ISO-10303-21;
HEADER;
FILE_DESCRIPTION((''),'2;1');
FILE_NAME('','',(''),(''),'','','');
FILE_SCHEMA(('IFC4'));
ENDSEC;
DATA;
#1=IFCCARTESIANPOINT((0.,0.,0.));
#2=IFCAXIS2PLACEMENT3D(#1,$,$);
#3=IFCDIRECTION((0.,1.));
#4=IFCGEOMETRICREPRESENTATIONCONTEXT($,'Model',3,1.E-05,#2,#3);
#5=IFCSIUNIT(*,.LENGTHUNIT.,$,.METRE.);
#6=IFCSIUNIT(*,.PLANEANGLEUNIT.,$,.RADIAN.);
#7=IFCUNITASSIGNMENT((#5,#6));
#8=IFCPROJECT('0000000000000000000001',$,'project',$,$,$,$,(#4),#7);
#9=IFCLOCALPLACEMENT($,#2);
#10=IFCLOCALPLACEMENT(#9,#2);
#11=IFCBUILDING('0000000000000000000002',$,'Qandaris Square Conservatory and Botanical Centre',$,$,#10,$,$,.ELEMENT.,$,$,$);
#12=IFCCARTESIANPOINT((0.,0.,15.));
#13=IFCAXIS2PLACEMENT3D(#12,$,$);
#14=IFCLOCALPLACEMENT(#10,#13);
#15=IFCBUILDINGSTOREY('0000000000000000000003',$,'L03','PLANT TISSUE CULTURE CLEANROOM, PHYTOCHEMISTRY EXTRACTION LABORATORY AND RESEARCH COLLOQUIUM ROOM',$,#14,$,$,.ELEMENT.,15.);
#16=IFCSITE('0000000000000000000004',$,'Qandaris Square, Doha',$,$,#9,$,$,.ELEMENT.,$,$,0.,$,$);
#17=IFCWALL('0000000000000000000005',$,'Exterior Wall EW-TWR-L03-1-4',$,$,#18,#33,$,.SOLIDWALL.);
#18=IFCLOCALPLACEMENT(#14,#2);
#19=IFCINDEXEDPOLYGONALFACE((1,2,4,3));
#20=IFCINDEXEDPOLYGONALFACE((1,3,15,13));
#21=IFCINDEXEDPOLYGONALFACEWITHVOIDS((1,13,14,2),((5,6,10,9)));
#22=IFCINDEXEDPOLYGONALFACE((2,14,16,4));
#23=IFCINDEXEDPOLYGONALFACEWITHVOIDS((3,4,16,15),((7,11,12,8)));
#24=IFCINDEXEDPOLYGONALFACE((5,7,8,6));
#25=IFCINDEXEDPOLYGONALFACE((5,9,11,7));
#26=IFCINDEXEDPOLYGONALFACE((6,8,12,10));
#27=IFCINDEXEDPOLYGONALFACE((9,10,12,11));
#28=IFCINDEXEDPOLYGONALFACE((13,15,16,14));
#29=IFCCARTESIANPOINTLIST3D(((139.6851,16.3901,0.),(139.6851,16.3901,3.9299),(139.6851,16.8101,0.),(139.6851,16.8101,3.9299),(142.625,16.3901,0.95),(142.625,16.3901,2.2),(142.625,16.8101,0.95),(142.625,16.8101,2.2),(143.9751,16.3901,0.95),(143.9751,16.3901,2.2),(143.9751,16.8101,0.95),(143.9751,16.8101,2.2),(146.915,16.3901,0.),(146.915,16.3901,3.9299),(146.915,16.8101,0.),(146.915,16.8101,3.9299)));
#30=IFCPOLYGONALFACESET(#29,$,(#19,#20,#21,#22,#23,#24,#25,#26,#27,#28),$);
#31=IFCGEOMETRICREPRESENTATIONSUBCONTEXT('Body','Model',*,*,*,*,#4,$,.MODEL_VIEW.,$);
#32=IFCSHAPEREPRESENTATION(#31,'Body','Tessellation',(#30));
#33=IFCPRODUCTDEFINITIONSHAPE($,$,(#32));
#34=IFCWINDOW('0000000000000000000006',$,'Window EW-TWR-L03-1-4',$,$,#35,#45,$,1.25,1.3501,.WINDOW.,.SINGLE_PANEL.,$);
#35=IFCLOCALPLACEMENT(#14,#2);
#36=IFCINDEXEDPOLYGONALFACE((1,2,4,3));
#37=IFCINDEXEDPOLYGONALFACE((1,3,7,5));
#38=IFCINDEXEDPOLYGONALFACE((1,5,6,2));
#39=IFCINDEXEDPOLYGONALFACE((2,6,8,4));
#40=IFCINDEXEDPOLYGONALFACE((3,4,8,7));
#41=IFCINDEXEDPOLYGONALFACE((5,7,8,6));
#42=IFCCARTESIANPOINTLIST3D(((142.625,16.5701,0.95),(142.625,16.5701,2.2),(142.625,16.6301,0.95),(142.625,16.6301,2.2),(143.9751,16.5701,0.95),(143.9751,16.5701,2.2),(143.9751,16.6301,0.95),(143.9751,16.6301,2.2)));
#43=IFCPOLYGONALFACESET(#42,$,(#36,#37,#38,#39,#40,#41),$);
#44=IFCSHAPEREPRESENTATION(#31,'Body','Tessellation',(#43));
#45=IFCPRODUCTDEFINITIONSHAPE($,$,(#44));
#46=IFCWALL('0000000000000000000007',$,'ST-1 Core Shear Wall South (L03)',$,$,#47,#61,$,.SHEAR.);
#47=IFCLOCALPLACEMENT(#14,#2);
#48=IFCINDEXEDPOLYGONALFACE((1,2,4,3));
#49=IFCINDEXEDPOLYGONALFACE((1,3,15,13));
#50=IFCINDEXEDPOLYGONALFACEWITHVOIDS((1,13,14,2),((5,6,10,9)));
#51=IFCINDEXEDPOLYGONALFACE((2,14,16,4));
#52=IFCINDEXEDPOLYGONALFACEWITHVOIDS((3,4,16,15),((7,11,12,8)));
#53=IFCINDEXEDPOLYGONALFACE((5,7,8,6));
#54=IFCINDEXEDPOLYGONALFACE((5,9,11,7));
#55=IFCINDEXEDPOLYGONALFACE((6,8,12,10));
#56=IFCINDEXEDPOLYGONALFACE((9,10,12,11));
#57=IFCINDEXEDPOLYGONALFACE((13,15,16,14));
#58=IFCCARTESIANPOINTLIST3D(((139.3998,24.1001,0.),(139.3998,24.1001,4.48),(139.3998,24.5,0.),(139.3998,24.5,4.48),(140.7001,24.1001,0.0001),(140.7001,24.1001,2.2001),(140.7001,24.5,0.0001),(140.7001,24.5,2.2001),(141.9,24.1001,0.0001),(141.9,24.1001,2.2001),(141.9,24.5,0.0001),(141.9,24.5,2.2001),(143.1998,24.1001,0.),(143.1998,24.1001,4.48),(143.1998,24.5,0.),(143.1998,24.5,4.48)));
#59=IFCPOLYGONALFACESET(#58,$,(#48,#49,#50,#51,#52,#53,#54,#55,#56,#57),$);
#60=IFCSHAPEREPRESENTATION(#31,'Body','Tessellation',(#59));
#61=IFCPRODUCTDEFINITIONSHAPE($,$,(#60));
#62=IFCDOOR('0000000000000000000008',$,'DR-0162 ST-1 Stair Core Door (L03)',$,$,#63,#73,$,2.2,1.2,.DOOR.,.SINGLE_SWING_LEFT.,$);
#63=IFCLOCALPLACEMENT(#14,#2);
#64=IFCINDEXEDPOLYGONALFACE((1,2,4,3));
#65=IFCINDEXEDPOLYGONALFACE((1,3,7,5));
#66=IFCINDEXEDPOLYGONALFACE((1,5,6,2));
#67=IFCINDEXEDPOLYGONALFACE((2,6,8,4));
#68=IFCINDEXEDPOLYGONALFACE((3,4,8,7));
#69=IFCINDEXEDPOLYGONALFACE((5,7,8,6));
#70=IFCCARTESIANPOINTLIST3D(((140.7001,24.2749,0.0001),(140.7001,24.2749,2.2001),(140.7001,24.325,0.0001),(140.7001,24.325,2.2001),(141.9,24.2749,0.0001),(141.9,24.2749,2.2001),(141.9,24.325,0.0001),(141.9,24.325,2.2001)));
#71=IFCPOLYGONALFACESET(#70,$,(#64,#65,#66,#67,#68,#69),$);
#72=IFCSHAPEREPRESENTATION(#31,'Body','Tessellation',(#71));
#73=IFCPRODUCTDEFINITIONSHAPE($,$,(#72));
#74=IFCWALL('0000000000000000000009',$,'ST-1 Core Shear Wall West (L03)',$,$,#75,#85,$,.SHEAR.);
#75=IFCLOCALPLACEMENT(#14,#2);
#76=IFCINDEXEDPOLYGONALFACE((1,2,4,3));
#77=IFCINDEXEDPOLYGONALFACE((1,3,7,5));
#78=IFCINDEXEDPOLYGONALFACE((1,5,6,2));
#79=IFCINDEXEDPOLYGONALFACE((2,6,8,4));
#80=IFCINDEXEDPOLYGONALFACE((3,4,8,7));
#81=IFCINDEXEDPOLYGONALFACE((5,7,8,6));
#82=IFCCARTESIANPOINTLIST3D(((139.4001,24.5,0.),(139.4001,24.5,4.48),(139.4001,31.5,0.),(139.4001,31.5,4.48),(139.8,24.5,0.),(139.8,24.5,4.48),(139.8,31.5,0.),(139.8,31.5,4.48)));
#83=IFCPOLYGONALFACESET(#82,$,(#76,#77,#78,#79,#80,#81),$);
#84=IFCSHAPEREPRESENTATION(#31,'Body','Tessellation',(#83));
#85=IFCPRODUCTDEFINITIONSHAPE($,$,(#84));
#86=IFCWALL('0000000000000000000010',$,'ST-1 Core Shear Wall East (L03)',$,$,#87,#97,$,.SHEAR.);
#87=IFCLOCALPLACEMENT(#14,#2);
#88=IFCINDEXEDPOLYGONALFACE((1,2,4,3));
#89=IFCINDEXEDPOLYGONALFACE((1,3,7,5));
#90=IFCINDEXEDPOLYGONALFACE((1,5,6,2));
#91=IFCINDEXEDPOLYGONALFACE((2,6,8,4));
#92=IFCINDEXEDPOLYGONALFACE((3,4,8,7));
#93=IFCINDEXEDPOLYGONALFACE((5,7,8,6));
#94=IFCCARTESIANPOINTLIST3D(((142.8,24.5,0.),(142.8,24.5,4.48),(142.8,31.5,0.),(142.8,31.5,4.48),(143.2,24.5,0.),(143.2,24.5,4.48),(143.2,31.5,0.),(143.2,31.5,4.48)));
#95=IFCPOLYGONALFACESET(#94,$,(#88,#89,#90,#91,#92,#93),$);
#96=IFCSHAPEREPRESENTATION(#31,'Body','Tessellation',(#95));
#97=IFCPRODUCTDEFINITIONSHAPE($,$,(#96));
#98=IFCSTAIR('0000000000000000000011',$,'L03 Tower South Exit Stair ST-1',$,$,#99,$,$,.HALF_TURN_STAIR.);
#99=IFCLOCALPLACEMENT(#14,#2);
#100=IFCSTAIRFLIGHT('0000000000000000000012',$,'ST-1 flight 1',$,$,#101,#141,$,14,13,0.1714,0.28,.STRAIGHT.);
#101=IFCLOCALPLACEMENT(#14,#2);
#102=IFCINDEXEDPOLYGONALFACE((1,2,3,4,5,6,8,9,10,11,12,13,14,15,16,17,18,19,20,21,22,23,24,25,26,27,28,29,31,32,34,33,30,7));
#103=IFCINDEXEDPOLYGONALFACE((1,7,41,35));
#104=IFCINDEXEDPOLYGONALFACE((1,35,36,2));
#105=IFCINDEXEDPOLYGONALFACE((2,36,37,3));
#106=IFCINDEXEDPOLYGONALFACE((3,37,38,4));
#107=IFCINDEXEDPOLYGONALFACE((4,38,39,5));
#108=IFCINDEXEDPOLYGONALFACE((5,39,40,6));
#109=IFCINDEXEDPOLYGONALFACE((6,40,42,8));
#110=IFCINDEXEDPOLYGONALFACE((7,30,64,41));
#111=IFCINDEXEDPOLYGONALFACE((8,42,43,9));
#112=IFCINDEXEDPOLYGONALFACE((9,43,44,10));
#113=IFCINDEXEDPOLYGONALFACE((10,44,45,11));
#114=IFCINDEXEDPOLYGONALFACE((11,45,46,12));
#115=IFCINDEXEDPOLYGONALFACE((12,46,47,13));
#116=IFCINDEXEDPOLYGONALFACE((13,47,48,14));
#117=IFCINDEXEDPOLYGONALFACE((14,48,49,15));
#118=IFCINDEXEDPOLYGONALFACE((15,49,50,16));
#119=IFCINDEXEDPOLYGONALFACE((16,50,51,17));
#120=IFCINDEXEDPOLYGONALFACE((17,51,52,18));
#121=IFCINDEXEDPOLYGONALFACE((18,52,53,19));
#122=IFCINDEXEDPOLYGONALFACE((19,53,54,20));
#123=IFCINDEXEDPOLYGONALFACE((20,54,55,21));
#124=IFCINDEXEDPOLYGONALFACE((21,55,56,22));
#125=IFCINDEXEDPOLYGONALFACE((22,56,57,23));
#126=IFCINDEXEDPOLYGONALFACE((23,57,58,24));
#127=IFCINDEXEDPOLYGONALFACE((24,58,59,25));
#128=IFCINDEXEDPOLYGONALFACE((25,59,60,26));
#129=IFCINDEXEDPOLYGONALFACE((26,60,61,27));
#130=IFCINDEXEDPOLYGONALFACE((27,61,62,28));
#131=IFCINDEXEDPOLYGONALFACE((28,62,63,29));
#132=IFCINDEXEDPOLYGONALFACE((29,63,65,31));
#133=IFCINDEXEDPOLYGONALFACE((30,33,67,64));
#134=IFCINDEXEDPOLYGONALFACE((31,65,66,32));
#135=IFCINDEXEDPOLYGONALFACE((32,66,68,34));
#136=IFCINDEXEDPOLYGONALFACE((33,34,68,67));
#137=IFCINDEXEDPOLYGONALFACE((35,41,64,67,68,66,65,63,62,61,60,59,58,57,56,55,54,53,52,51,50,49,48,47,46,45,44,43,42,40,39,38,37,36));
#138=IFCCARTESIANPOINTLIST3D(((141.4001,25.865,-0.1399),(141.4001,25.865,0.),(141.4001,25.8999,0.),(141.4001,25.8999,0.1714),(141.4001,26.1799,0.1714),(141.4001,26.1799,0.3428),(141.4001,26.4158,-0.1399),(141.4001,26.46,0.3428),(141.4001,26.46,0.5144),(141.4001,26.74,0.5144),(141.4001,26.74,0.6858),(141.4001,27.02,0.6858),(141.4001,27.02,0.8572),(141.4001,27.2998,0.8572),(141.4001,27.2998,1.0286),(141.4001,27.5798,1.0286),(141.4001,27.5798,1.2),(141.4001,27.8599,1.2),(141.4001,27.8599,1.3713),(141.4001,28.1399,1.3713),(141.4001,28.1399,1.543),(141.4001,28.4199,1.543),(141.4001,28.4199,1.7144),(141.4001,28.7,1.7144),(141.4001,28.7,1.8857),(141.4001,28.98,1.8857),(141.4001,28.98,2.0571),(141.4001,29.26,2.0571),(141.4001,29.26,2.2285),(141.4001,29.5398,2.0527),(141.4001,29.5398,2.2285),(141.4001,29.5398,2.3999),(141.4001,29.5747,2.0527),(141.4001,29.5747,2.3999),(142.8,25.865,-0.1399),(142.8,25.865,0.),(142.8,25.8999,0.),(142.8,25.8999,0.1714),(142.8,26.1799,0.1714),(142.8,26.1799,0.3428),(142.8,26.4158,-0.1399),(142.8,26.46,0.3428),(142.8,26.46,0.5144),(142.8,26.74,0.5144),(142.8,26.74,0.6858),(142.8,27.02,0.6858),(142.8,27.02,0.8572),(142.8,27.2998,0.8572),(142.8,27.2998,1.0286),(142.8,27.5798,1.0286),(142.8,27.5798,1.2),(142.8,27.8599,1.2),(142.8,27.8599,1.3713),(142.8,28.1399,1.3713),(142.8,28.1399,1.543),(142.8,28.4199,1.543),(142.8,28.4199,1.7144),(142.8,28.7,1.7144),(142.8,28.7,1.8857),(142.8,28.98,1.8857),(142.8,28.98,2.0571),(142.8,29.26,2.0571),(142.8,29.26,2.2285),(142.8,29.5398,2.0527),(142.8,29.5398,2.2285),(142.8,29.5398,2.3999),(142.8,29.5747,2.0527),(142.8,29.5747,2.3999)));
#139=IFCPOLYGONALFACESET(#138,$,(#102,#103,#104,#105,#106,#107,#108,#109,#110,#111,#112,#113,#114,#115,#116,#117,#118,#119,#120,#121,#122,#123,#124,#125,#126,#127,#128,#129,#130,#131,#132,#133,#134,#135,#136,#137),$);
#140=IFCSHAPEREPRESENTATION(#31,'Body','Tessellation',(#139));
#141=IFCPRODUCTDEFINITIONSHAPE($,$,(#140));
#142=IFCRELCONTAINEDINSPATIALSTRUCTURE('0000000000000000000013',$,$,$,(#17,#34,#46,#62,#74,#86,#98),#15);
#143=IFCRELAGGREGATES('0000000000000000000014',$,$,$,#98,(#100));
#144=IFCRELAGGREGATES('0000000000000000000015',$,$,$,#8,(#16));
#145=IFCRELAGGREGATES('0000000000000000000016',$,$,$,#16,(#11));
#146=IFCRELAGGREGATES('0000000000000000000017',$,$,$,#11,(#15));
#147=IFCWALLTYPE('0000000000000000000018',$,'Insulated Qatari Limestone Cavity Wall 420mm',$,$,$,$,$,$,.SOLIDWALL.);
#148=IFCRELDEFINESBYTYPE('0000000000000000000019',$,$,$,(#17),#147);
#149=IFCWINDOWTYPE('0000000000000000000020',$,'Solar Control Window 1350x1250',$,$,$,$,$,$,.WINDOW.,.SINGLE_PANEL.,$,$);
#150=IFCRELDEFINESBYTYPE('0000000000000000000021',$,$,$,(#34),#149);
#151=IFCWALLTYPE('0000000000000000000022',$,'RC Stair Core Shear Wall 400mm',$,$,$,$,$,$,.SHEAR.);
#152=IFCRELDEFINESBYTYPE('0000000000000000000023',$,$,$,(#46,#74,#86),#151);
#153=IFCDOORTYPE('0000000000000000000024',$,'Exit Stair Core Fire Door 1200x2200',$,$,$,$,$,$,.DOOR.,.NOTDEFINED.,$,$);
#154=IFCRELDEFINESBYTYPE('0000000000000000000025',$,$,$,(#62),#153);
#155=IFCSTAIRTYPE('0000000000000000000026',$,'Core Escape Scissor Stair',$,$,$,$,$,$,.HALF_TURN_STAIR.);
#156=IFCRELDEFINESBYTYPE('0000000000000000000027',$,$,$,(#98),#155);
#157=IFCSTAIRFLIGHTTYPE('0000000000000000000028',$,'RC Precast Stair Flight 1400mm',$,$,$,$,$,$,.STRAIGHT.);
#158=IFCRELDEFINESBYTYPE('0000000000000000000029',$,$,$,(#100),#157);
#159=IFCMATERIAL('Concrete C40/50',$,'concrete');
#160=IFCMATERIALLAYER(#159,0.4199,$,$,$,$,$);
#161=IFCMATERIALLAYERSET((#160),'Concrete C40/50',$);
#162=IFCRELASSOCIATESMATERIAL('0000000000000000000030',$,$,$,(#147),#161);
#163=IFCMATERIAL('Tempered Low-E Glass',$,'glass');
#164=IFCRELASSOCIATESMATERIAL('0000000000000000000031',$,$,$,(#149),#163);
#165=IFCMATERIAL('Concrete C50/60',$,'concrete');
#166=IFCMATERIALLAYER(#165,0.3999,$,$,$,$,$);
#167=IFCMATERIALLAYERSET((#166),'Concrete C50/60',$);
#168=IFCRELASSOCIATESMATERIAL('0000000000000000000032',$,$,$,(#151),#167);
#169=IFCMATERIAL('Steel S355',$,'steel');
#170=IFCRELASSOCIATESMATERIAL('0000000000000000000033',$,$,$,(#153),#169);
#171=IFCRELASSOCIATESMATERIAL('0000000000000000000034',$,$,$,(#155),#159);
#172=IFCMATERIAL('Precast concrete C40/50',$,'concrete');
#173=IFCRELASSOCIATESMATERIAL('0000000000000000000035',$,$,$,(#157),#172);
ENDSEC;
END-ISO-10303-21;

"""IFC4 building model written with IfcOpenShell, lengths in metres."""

from ifc_helpers import new_model, si_unit, direction, frame, frame_2d, origin, place, context, subcontext, project, spatial, polyline, rectangle, outline, extrude, material, layer, layer_set, type_object, element, fill, aggregate, save


model = new_model("IFC4")

# Units and contexts
model_context = context("Model", 3, precision=1e-05, world=origin(), true_north=direction((0.0, 1.0)))
body_context = subcontext(model_context, "Body", "Model", "MODEL_VIEW")
ifc_project = project(units=[si_unit("LENGTHUNIT", "METRE"), si_unit("PLANEANGLEUNIT", "RADIAN")], contexts=[model_context])

# Site, building, storey
site_placement = place(None, origin())
site = spatial("IfcSite", under=ifc_project, at=site_placement, Name="Qandaris Square, Doha", CompositionType="ELEMENT", RefElevation=0.0)
building_placement = place(site_placement, origin())
building = spatial("IfcBuilding", under=site, at=building_placement, Name="Qandaris Square Conservatory and Botanical Centre", CompositionType="ELEMENT")
storey_placement = place(building_placement, frame((0.0, 0.0, 15.0)))
storey = spatial("IfcBuildingStorey", under=building, at=storey_placement, Name="L03", Description="PLANT TISSUE CULTURE CLEANROOM, PHYTOCHEMISTRY EXTRACTION LABORATORY AND RESEARCH COLLOQUIUM ROOM", CompositionType="ELEMENT", Elevation=15.0)

# Shared definitions
ifc_material_1 = material(Name="Concrete C50/60", Category="concrete")

# Shared definitions
ifc_material_2 = material(Name="Steel S355", Category="steel")

# Wall, opening, window
ifc_material_3 = material(Name="Concrete C40/50", Category="concrete")
ifc_layer_1 = layer(ifc_material_3, 0.4199)
ifc_layer_set_1 = layer_set([ifc_layer_1], Name="Concrete C40/50")
wall_type_1 = type_object("IfcWallType", Name="Insulated Qatari Limestone Cavity Wall 420mm", PredefinedType="SOLIDWALL", material=ifc_layer_set_1)
wall_1_placement = place(storey_placement, frame((139.6851, 16.6001, 0.0), z_axis=(0.0, 0.0, 1.0), x_axis=(1.0, 0.0, 0.0)))
wall_1 = element("IfcWall", 1, at=wall_1_placement, inside=storey, type_object=wall_type_1, Name="Exterior Wall EW-TWR-L03-1-4", PredefinedType="SOLIDWALL", context=body_context, shape_type="SweptSolid", body=[
    extrude(rectangle(XDim=7.23, YDim=0.4199, at=frame_2d((3.615, 0.0))), origin(), (0.0, 0.0, 1.0), 3.9299),
])
opening_1_placement = place(wall_1_placement, frame((2.9399, 0.0, 0.95)))
opening_1 = element("IfcOpeningElement", 2, at=opening_1_placement, cuts=wall_1, PredefinedType="OPENING", context=body_context, shape_type="SweptSolid", body=[
    extrude(rectangle(XDim=1.3501, YDim=1.25, at=frame_2d((0.675, 0.625))), frame((0.0, 0.2219, 0.0), z_axis=(0.0, -1.0, 0.0), x_axis=(1.0, 0.0, 0.0)), (0.0, 0.0, 1.0), 0.4438),
])
ifc_material_4 = material(Name="Tempered Low-E Glass", Category="glass")
window_type = type_object("IfcWindowType", Name="Solar Control Window 1350x1250", PartitioningType="SINGLE_PANEL", PredefinedType="WINDOW", material=ifc_material_4)
window_placement = place(opening_1_placement, origin())
window = element("IfcWindow", 3, at=window_placement, inside=storey, type_object=window_type, Name="Window EW-TWR-L03-1-4", OverallHeight=1.25, OverallWidth=1.3501, PartitioningType="SINGLE_PANEL", PredefinedType="WINDOW", context=body_context, shape_type="SweptSolid", body=[
    extrude(rectangle(XDim=1.3501, YDim=1.25, at=frame_2d((0.675, 0.625))), frame((0.0, 0.03, 0.0), z_axis=(0.0, -1.0, 0.0), x_axis=(1.0, 0.0, 0.0)), (0.0, 0.0, 1.0), 0.0601),
])
fill(opening_1, window)

# Wall, opening, door
ifc_layer_2 = layer(ifc_material_1, 0.3999)
ifc_layer_set_2 = layer_set([ifc_layer_2], Name="Concrete C50/60")
wall_type_2 = type_object("IfcWallType", Name="RC Stair Core Shear Wall 400mm", PredefinedType="SHEAR", material=ifc_layer_set_2)
wall_2_placement = place(storey_placement, frame((139.3999, 24.3, 0.0), z_axis=(0.0, 0.0, 1.0), x_axis=(1.0, 0.0, 0.0)))
wall_2 = element("IfcWall", 4, at=wall_2_placement, inside=storey, type_object=wall_type_2, Name="ST-1 Core Shear Wall South (L03)", PredefinedType="SHEAR", context=body_context, shape_type="SweptSolid", body=[
    extrude(rectangle(XDim=3.8, YDim=0.3999, at=frame_2d((1.8999, 0.0))), origin(), (0.0, 0.0, 1.0), 4.48),
])
opening_2_placement = place(wall_2_placement, frame((1.3, 0.0, 0.0)))
opening_2 = element("IfcOpeningElement", 5, at=opening_2_placement, cuts=wall_2, PredefinedType="OPENING", context=body_context, shape_type="SweptSolid", body=[
    extrude(rectangle(XDim=1.2, YDim=2.2, at=frame_2d((0.6001, 1.1001))), frame((0.0, 0.2119, 0.0), z_axis=(0.0, -1.0, 0.0), x_axis=(1.0, 0.0, 0.0)), (0.0, 0.0, 1.0), 0.4238),
])
door_type = type_object("IfcDoorType", Name="Exit Stair Core Fire Door 1200x2200", OperationType="NOTDEFINED", PredefinedType="DOOR", material=ifc_material_2)
door_placement = place(opening_2_placement, origin())
door = element("IfcDoor", 6, at=door_placement, inside=storey, type_object=door_type, Name="DR-0162 ST-1 Stair Core Door (L03)", OperationType="SINGLE_SWING_LEFT", OverallHeight=2.2, OverallWidth=1.2, PredefinedType="DOOR", context=body_context, shape_type="SweptSolid", body=[
    extrude(rectangle(XDim=1.2, YDim=2.2, at=frame_2d((0.6001, 1.1001))), frame((0.0, 0.0249, 0.0), z_axis=(0.0, -1.0, 0.0), x_axis=(1.0, 0.0, 0.0)), (0.0, 0.0, 1.0), 0.05),
])
fill(opening_2, door)

# Walls
for number, where, z_axis, x_axis, name in (
    (7, (139.6001, 24.5, 0.0), (0.0, 0.0, 1.0), (0.0, 1.0, 0.0), "ST-1 Core Shear Wall West (L03)"),
    (8, (143.0, 24.5, 0.0), (0.0, 0.0, 1.0), (0.0, 1.0, 0.0), "ST-1 Core Shear Wall East (L03)"),
):
    element("IfcWall", number, at=place(storey_placement, frame(where, z_axis=z_axis, x_axis=x_axis)), inside=storey, type_object=wall_type_2, Name=name, PredefinedType="SHEAR", context=body_context, shape_type="SweptSolid", body=[
        extrude(rectangle(XDim=7.0, YDim=0.3999, at=frame_2d((3.5, 0.0))), origin(), (0.0, 0.0, 1.0), 4.48),
    ])

# Stair, stair flight
stair_type = type_object("IfcStairType", Name="Core Escape Scissor Stair", PredefinedType="HALF_TURN_STAIR", material=ifc_material_3)
stair_placement = place(storey_placement, origin())
stair = element("IfcStair", 9, at=stair_placement, inside=storey, type_object=stair_type, Name="L03 Tower South Exit Stair ST-1", PredefinedType="HALF_TURN_STAIR")
ifc_material_5 = material(Name="Precast concrete C40/50", Category="concrete")
stair_flight_type = type_object("IfcStairFlightType", Name="RC Precast Stair Flight 1400mm", PredefinedType="STRAIGHT", material=ifc_material_5)
stair_flight_placement = place(storey_placement, frame((142.1001, 25.8999, 0.0), z_axis=(0.0, 0.0, 1.0), x_axis=(0.0, 1.0, 0.0)))
stair_flight = element("IfcStairFlight", 10, at=stair_flight_placement, type_object=stair_flight_type, Name="ST-1 flight 1", NumberOfRisers=14, NumberOfTreads=13, PredefinedType="STRAIGHT", RiserHeight=0.1714, TreadLength=0.28, context=body_context, shape_type="SweptSolid", body=[
    extrude(outline(polyline([(-0.0349, 0.0), (0.0, 0.0), (0.0, 0.1714), (0.28, 0.1714), (0.28, 0.3428), (0.5601, 0.3428), (0.5601, 0.5144), (0.8401, 0.5144), (0.8401, 0.6858), (1.1201, 0.6858), (1.1201, 0.8572), (1.3999, 0.8572), (1.3999, 1.0286), (1.6799, 1.0286), (1.6799, 1.2), (1.96, 1.2), (1.96, 1.3713), (2.24, 1.3713), (2.24, 1.543), (2.52, 1.543), (2.52, 1.7144), (2.8, 1.7144), (2.8, 1.8857), (3.0801, 1.8857), (3.0801, 2.0571), (3.3601, 2.0571), (3.3601, 2.2285), (3.6399, 2.2285), (3.6399, 2.3999), (3.6748, 2.3999), (3.6748, 2.0527), (3.6399, 2.0527), (0.5159, -0.1399), (-0.0349, -0.1399), (-0.0349, 0.0)])), frame((0.0, 0.7, 0.0), z_axis=(0.0, -1.0, 0.0), x_axis=(1.0, 0.0, 0.0)), (0.0, 0.0, 1.0), 1.3999),
])
aggregate(stair, [stair_flight])

save(model, "model.ifc")
